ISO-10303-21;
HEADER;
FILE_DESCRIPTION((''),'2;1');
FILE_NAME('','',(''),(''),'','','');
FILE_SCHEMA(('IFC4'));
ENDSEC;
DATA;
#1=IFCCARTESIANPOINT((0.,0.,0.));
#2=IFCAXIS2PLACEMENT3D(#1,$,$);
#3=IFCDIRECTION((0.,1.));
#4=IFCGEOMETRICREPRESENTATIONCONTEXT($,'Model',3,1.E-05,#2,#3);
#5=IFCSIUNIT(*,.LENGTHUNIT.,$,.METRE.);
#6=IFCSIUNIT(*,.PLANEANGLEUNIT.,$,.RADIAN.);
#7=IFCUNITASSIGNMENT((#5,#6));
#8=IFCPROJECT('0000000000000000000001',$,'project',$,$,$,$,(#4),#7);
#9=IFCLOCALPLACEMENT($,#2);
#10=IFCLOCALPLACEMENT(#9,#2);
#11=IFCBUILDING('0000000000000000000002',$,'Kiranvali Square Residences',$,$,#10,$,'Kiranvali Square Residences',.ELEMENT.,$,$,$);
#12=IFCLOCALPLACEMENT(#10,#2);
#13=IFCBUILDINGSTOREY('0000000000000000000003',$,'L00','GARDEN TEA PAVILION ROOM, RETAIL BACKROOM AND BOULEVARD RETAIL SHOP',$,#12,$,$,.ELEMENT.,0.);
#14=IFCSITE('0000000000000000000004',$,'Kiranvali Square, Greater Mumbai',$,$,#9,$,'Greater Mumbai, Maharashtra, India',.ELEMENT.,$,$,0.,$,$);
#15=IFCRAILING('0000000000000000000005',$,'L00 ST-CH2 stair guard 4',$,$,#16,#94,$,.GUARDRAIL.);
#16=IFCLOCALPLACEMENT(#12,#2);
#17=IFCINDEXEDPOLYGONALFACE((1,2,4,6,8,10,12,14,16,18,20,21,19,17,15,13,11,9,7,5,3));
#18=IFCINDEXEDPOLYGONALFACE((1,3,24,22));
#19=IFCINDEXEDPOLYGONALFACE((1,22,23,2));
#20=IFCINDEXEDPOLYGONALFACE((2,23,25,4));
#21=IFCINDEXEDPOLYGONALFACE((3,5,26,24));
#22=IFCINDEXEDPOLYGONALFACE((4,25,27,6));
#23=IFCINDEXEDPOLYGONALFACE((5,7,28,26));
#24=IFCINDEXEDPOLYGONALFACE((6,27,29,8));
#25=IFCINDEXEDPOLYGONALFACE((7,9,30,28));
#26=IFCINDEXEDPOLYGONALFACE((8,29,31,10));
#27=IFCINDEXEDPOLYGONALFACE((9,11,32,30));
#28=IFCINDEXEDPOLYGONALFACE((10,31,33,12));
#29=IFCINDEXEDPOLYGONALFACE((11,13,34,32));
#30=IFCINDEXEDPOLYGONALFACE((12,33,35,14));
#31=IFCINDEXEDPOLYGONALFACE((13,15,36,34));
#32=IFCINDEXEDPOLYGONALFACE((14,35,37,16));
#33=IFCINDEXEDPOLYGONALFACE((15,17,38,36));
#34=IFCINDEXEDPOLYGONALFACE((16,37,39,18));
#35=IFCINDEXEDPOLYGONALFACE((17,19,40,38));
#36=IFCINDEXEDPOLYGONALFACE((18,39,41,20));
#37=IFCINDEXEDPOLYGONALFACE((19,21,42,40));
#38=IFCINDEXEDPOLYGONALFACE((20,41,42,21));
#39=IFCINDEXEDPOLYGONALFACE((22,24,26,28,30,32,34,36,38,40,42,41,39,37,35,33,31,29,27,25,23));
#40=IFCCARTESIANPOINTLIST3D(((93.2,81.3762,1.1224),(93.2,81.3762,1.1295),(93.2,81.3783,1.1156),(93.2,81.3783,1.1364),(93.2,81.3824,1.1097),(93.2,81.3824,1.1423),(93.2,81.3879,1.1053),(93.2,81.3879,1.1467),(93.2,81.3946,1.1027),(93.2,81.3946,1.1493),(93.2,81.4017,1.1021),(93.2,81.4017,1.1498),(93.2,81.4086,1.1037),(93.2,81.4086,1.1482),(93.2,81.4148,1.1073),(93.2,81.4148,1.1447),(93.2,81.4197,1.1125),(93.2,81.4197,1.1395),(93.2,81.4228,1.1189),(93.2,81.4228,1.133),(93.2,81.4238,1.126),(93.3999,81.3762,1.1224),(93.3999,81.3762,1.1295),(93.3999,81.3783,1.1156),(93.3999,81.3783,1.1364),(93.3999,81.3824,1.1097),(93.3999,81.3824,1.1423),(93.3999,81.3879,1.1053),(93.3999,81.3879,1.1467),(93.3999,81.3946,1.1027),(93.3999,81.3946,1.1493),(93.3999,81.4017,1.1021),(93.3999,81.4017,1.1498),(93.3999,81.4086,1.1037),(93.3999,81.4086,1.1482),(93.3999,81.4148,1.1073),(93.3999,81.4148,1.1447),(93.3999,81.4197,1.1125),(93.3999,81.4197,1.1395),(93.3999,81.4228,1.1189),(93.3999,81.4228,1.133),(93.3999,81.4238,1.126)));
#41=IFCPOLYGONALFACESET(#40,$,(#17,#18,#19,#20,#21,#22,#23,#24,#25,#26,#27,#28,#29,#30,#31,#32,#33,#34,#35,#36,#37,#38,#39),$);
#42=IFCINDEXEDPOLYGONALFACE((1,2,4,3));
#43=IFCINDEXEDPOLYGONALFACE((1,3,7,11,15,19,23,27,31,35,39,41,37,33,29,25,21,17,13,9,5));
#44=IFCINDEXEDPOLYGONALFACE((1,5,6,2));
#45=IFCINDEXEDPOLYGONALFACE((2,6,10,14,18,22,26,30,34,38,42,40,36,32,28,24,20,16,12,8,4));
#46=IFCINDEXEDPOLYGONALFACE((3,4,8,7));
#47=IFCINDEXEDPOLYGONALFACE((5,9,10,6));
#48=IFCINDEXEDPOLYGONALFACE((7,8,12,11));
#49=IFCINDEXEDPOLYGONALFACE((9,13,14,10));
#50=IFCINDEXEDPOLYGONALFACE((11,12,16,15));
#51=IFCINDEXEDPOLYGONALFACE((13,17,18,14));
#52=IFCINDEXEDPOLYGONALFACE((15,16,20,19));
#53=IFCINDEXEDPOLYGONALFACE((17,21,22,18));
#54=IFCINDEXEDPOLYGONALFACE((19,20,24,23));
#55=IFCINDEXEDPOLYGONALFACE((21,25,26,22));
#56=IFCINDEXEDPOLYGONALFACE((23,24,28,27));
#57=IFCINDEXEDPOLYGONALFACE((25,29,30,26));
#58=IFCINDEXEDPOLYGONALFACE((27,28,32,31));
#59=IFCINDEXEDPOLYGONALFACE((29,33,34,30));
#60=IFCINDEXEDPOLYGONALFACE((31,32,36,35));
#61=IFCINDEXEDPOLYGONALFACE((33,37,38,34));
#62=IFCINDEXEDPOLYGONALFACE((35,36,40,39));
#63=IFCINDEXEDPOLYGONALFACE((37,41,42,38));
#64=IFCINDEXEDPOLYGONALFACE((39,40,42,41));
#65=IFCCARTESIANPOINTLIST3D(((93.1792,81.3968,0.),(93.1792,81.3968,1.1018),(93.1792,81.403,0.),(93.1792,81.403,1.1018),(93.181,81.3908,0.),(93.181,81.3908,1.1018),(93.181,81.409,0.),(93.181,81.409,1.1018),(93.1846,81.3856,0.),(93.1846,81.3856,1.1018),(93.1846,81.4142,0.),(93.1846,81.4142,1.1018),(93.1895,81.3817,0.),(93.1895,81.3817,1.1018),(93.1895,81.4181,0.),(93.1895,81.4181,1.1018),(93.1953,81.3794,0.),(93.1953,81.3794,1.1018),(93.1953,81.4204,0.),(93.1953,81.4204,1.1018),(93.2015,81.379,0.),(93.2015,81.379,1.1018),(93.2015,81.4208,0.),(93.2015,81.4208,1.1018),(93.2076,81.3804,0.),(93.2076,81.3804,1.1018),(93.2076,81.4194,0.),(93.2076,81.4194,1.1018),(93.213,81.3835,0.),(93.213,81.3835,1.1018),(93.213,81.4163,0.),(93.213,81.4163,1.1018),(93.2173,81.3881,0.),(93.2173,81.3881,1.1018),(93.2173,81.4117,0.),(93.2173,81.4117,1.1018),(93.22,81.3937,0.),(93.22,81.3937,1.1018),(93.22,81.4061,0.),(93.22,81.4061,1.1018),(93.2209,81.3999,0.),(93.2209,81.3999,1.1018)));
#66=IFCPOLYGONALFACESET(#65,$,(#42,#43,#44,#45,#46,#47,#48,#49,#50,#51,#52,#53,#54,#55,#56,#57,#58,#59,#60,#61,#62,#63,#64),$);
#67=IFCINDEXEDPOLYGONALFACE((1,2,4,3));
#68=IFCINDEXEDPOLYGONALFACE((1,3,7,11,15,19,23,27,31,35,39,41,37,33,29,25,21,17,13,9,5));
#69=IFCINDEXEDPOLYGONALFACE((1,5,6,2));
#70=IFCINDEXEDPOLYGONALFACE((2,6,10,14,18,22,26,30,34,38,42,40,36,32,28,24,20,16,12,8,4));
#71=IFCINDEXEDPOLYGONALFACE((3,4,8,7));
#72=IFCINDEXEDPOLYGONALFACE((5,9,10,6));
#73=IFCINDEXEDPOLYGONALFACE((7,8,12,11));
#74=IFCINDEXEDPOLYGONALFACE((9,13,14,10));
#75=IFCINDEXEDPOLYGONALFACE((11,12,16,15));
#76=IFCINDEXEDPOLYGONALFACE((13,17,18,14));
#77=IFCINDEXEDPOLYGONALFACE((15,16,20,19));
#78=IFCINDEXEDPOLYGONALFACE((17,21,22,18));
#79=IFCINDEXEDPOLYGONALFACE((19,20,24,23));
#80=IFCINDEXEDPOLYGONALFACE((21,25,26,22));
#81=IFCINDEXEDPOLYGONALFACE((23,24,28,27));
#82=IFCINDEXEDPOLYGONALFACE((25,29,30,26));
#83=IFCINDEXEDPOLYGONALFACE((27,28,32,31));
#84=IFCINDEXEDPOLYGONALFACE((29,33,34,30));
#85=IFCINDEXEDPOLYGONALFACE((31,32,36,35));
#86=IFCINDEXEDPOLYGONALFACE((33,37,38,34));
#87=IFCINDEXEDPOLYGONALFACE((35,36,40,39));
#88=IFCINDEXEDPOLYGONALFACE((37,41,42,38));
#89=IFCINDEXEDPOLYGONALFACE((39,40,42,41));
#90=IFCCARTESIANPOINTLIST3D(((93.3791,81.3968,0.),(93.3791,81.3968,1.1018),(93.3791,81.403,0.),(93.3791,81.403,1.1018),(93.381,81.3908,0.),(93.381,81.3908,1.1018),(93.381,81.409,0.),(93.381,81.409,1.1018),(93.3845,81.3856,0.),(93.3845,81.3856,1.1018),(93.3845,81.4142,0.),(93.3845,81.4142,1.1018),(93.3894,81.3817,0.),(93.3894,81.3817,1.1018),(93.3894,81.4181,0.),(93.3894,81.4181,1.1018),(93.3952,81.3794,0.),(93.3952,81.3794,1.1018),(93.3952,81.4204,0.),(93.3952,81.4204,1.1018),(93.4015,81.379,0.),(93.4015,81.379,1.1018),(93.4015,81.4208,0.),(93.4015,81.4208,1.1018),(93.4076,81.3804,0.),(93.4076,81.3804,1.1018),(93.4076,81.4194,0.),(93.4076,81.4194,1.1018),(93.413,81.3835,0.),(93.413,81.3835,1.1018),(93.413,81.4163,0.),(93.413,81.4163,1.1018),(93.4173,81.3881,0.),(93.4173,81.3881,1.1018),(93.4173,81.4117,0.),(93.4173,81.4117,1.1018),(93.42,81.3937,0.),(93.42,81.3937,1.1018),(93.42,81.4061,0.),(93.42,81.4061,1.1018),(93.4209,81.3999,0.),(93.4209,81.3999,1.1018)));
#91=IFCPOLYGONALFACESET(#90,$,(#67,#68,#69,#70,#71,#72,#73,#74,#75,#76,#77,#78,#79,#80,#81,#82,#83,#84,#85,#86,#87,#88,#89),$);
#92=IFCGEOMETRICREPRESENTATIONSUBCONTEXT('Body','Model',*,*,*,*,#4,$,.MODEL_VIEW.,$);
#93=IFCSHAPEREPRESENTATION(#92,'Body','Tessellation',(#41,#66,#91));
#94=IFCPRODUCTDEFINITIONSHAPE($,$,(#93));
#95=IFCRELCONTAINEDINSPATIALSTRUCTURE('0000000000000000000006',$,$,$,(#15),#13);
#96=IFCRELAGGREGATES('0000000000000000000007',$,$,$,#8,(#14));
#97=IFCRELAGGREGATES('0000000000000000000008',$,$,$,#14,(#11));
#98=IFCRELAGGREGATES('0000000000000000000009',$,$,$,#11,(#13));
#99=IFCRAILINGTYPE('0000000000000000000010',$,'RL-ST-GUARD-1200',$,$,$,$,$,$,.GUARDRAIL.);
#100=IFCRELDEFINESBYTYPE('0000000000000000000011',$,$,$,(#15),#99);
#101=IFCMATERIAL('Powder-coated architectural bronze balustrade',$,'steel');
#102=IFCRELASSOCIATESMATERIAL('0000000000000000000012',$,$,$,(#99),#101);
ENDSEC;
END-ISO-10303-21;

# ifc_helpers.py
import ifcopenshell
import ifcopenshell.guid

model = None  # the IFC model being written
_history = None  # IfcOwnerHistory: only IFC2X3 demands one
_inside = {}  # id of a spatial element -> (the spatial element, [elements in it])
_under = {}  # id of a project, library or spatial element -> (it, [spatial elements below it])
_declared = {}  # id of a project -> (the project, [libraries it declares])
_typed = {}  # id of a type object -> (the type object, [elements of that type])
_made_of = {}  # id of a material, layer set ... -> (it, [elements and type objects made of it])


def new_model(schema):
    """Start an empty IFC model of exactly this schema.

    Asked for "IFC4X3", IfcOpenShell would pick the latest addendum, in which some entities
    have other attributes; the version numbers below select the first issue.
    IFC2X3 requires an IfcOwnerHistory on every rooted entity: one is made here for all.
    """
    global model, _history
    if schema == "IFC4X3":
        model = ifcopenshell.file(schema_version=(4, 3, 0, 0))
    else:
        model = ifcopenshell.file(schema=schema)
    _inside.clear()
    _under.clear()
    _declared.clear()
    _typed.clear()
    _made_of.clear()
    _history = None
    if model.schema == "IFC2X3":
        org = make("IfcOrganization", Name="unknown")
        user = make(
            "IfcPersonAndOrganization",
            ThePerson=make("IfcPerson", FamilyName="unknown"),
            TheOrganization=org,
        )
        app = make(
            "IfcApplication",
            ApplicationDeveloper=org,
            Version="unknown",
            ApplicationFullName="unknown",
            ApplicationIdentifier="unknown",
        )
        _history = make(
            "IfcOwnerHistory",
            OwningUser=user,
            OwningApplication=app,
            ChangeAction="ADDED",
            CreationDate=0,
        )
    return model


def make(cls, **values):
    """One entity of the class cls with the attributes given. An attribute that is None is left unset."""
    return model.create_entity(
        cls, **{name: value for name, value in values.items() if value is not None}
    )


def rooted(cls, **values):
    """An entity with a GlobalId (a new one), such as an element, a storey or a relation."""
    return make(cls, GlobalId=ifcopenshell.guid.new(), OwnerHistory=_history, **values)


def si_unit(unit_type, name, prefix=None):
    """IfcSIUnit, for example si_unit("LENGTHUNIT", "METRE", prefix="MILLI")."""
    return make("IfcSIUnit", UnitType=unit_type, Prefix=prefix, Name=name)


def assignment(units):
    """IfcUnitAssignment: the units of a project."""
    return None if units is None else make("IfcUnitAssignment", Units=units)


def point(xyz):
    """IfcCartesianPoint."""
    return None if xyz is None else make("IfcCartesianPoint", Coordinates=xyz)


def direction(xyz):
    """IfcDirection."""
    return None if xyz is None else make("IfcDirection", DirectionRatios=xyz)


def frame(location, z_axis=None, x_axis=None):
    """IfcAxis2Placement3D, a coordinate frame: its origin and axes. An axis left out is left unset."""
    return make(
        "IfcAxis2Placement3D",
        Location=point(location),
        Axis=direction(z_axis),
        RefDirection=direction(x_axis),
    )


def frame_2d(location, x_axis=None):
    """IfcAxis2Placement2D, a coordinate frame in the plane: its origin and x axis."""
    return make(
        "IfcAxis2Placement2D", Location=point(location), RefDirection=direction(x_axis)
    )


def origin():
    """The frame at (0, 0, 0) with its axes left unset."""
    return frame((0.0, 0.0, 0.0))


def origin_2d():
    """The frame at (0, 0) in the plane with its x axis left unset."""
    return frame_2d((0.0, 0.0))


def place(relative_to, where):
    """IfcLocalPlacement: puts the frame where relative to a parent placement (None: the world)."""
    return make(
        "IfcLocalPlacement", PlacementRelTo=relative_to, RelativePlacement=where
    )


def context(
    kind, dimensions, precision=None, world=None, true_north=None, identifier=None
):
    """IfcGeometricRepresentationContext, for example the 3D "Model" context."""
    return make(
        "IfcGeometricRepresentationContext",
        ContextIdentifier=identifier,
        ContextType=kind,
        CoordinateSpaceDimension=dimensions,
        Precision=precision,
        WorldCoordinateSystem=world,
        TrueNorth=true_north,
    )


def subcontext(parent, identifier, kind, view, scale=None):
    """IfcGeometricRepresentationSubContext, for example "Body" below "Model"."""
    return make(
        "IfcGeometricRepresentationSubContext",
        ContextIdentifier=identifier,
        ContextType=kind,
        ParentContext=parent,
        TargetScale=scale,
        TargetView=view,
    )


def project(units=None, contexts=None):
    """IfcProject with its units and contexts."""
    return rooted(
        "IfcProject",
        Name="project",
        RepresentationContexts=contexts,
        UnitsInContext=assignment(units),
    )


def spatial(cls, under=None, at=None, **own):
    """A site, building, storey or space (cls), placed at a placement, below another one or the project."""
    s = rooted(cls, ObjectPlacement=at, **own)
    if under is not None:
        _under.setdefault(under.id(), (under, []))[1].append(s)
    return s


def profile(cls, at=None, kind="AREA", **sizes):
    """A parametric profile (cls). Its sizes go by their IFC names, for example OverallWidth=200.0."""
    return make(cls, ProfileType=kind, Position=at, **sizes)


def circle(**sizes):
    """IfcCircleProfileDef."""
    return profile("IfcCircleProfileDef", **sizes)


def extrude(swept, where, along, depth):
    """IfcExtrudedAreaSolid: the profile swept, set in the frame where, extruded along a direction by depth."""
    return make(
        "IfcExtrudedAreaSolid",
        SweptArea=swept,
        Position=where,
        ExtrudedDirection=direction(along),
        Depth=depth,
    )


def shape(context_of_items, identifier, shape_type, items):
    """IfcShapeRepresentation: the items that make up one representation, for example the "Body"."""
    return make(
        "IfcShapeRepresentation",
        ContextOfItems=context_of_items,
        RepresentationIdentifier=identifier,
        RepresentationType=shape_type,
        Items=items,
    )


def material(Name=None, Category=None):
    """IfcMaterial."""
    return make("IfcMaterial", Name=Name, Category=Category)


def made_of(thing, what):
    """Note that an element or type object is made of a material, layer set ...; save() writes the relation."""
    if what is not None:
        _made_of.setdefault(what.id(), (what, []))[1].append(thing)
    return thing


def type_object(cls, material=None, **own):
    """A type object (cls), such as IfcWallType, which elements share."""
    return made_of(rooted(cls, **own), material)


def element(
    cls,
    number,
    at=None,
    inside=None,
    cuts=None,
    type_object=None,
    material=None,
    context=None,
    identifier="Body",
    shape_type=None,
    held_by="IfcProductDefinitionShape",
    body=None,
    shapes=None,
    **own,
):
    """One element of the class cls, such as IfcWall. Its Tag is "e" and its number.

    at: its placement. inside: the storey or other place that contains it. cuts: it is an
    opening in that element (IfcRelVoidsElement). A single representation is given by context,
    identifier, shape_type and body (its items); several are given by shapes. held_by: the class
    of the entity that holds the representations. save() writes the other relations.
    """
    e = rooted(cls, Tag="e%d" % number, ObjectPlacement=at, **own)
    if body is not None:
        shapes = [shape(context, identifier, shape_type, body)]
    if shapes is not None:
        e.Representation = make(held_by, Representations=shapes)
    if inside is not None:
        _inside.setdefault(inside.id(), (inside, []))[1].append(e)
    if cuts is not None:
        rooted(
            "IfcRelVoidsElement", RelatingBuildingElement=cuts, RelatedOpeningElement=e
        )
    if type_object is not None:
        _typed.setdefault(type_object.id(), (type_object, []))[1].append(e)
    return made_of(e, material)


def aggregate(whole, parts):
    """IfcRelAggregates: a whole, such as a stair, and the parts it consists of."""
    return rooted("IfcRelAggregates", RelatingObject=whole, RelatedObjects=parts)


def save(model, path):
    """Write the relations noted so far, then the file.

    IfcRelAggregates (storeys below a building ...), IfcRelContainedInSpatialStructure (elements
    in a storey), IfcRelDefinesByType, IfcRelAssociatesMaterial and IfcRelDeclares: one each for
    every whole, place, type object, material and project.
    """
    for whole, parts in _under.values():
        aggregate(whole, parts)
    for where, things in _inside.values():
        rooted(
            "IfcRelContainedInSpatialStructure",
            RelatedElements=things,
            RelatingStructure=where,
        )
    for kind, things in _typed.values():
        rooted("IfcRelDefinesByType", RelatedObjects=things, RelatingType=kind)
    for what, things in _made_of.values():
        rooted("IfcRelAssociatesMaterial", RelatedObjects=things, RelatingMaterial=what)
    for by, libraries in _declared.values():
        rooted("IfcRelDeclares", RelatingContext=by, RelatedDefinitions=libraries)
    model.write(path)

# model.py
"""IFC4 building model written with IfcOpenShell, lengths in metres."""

from ifc_helpers import new_model, si_unit, direction, frame, origin, origin_2d, place, context, subcontext, project, spatial, circle, extrude, material, type_object, element, save


model = new_model("IFC4")

# Units and contexts
model_context = context("Model", 3, precision=1e-05, world=origin(), true_north=direction((0.0, 1.0)))
body_context = subcontext(model_context, "Body", "Model", "MODEL_VIEW")
ifc_project = project(units=[si_unit("LENGTHUNIT", "METRE"), si_unit("PLANEANGLEUNIT", "RADIAN")], contexts=[model_context])

# Site, building, storey
site_placement = place(None, origin())
site = spatial("IfcSite", under=ifc_project, at=site_placement, Name="Kiranvali Square, Greater Mumbai", LongName="Greater Mumbai, Maharashtra, India", CompositionType="ELEMENT", RefElevation=0.0)
building_placement = place(site_placement, origin())
building = spatial("IfcBuilding", under=site, at=building_placement, Name="Kiranvali Square Residences", LongName="Kiranvali Square Residences", CompositionType="ELEMENT")
storey_placement = place(building_placement, origin())
storey = spatial("IfcBuildingStorey", under=building, at=storey_placement, Name="L00", Description="GARDEN TEA PAVILION ROOM, RETAIL BACKROOM AND BOULEVARD RETAIL SHOP", CompositionType="ELEMENT", Elevation=0.0)

# Railing
ifc_material_1 = material(Name="Powder-coated architectural bronze balustrade", Category="steel")
railing_type_1 = type_object("IfcRailingType", Name="RL-ST-GUARD-1200", PredefinedType="GUARDRAIL", material=ifc_material_1)
railing_1_placement = place(storey_placement, frame((93.2, 81.3999, 0.0)))
element("IfcRailing", 1, at=railing_1_placement, inside=storey, type_object=railing_type_1, Name="L00 ST-CH2 stair guard 4", PredefinedType="GUARDRAIL", context=body_context, shape_type="SweptSolid", body=[
    extrude(circle(Radius=0.0239, at=origin_2d()), frame((0.0, 0.0, 1.126), z_axis=(1.0, 0.0, 0.0), x_axis=(0.0, 1.0, 0.0)), (0.0, 0.0, 1.0), 0.2),
    extrude(circle(Radius=0.021, at=origin_2d()), origin(), (0.0, 0.0, 1.0), 1.1018),
    extrude(circle(Radius=0.021, at=origin_2d()), frame((0.2, 0.0, 0.0)), (0.0, 0.0, 1.0), 1.1018),
])

save(model, "model.ifc")
